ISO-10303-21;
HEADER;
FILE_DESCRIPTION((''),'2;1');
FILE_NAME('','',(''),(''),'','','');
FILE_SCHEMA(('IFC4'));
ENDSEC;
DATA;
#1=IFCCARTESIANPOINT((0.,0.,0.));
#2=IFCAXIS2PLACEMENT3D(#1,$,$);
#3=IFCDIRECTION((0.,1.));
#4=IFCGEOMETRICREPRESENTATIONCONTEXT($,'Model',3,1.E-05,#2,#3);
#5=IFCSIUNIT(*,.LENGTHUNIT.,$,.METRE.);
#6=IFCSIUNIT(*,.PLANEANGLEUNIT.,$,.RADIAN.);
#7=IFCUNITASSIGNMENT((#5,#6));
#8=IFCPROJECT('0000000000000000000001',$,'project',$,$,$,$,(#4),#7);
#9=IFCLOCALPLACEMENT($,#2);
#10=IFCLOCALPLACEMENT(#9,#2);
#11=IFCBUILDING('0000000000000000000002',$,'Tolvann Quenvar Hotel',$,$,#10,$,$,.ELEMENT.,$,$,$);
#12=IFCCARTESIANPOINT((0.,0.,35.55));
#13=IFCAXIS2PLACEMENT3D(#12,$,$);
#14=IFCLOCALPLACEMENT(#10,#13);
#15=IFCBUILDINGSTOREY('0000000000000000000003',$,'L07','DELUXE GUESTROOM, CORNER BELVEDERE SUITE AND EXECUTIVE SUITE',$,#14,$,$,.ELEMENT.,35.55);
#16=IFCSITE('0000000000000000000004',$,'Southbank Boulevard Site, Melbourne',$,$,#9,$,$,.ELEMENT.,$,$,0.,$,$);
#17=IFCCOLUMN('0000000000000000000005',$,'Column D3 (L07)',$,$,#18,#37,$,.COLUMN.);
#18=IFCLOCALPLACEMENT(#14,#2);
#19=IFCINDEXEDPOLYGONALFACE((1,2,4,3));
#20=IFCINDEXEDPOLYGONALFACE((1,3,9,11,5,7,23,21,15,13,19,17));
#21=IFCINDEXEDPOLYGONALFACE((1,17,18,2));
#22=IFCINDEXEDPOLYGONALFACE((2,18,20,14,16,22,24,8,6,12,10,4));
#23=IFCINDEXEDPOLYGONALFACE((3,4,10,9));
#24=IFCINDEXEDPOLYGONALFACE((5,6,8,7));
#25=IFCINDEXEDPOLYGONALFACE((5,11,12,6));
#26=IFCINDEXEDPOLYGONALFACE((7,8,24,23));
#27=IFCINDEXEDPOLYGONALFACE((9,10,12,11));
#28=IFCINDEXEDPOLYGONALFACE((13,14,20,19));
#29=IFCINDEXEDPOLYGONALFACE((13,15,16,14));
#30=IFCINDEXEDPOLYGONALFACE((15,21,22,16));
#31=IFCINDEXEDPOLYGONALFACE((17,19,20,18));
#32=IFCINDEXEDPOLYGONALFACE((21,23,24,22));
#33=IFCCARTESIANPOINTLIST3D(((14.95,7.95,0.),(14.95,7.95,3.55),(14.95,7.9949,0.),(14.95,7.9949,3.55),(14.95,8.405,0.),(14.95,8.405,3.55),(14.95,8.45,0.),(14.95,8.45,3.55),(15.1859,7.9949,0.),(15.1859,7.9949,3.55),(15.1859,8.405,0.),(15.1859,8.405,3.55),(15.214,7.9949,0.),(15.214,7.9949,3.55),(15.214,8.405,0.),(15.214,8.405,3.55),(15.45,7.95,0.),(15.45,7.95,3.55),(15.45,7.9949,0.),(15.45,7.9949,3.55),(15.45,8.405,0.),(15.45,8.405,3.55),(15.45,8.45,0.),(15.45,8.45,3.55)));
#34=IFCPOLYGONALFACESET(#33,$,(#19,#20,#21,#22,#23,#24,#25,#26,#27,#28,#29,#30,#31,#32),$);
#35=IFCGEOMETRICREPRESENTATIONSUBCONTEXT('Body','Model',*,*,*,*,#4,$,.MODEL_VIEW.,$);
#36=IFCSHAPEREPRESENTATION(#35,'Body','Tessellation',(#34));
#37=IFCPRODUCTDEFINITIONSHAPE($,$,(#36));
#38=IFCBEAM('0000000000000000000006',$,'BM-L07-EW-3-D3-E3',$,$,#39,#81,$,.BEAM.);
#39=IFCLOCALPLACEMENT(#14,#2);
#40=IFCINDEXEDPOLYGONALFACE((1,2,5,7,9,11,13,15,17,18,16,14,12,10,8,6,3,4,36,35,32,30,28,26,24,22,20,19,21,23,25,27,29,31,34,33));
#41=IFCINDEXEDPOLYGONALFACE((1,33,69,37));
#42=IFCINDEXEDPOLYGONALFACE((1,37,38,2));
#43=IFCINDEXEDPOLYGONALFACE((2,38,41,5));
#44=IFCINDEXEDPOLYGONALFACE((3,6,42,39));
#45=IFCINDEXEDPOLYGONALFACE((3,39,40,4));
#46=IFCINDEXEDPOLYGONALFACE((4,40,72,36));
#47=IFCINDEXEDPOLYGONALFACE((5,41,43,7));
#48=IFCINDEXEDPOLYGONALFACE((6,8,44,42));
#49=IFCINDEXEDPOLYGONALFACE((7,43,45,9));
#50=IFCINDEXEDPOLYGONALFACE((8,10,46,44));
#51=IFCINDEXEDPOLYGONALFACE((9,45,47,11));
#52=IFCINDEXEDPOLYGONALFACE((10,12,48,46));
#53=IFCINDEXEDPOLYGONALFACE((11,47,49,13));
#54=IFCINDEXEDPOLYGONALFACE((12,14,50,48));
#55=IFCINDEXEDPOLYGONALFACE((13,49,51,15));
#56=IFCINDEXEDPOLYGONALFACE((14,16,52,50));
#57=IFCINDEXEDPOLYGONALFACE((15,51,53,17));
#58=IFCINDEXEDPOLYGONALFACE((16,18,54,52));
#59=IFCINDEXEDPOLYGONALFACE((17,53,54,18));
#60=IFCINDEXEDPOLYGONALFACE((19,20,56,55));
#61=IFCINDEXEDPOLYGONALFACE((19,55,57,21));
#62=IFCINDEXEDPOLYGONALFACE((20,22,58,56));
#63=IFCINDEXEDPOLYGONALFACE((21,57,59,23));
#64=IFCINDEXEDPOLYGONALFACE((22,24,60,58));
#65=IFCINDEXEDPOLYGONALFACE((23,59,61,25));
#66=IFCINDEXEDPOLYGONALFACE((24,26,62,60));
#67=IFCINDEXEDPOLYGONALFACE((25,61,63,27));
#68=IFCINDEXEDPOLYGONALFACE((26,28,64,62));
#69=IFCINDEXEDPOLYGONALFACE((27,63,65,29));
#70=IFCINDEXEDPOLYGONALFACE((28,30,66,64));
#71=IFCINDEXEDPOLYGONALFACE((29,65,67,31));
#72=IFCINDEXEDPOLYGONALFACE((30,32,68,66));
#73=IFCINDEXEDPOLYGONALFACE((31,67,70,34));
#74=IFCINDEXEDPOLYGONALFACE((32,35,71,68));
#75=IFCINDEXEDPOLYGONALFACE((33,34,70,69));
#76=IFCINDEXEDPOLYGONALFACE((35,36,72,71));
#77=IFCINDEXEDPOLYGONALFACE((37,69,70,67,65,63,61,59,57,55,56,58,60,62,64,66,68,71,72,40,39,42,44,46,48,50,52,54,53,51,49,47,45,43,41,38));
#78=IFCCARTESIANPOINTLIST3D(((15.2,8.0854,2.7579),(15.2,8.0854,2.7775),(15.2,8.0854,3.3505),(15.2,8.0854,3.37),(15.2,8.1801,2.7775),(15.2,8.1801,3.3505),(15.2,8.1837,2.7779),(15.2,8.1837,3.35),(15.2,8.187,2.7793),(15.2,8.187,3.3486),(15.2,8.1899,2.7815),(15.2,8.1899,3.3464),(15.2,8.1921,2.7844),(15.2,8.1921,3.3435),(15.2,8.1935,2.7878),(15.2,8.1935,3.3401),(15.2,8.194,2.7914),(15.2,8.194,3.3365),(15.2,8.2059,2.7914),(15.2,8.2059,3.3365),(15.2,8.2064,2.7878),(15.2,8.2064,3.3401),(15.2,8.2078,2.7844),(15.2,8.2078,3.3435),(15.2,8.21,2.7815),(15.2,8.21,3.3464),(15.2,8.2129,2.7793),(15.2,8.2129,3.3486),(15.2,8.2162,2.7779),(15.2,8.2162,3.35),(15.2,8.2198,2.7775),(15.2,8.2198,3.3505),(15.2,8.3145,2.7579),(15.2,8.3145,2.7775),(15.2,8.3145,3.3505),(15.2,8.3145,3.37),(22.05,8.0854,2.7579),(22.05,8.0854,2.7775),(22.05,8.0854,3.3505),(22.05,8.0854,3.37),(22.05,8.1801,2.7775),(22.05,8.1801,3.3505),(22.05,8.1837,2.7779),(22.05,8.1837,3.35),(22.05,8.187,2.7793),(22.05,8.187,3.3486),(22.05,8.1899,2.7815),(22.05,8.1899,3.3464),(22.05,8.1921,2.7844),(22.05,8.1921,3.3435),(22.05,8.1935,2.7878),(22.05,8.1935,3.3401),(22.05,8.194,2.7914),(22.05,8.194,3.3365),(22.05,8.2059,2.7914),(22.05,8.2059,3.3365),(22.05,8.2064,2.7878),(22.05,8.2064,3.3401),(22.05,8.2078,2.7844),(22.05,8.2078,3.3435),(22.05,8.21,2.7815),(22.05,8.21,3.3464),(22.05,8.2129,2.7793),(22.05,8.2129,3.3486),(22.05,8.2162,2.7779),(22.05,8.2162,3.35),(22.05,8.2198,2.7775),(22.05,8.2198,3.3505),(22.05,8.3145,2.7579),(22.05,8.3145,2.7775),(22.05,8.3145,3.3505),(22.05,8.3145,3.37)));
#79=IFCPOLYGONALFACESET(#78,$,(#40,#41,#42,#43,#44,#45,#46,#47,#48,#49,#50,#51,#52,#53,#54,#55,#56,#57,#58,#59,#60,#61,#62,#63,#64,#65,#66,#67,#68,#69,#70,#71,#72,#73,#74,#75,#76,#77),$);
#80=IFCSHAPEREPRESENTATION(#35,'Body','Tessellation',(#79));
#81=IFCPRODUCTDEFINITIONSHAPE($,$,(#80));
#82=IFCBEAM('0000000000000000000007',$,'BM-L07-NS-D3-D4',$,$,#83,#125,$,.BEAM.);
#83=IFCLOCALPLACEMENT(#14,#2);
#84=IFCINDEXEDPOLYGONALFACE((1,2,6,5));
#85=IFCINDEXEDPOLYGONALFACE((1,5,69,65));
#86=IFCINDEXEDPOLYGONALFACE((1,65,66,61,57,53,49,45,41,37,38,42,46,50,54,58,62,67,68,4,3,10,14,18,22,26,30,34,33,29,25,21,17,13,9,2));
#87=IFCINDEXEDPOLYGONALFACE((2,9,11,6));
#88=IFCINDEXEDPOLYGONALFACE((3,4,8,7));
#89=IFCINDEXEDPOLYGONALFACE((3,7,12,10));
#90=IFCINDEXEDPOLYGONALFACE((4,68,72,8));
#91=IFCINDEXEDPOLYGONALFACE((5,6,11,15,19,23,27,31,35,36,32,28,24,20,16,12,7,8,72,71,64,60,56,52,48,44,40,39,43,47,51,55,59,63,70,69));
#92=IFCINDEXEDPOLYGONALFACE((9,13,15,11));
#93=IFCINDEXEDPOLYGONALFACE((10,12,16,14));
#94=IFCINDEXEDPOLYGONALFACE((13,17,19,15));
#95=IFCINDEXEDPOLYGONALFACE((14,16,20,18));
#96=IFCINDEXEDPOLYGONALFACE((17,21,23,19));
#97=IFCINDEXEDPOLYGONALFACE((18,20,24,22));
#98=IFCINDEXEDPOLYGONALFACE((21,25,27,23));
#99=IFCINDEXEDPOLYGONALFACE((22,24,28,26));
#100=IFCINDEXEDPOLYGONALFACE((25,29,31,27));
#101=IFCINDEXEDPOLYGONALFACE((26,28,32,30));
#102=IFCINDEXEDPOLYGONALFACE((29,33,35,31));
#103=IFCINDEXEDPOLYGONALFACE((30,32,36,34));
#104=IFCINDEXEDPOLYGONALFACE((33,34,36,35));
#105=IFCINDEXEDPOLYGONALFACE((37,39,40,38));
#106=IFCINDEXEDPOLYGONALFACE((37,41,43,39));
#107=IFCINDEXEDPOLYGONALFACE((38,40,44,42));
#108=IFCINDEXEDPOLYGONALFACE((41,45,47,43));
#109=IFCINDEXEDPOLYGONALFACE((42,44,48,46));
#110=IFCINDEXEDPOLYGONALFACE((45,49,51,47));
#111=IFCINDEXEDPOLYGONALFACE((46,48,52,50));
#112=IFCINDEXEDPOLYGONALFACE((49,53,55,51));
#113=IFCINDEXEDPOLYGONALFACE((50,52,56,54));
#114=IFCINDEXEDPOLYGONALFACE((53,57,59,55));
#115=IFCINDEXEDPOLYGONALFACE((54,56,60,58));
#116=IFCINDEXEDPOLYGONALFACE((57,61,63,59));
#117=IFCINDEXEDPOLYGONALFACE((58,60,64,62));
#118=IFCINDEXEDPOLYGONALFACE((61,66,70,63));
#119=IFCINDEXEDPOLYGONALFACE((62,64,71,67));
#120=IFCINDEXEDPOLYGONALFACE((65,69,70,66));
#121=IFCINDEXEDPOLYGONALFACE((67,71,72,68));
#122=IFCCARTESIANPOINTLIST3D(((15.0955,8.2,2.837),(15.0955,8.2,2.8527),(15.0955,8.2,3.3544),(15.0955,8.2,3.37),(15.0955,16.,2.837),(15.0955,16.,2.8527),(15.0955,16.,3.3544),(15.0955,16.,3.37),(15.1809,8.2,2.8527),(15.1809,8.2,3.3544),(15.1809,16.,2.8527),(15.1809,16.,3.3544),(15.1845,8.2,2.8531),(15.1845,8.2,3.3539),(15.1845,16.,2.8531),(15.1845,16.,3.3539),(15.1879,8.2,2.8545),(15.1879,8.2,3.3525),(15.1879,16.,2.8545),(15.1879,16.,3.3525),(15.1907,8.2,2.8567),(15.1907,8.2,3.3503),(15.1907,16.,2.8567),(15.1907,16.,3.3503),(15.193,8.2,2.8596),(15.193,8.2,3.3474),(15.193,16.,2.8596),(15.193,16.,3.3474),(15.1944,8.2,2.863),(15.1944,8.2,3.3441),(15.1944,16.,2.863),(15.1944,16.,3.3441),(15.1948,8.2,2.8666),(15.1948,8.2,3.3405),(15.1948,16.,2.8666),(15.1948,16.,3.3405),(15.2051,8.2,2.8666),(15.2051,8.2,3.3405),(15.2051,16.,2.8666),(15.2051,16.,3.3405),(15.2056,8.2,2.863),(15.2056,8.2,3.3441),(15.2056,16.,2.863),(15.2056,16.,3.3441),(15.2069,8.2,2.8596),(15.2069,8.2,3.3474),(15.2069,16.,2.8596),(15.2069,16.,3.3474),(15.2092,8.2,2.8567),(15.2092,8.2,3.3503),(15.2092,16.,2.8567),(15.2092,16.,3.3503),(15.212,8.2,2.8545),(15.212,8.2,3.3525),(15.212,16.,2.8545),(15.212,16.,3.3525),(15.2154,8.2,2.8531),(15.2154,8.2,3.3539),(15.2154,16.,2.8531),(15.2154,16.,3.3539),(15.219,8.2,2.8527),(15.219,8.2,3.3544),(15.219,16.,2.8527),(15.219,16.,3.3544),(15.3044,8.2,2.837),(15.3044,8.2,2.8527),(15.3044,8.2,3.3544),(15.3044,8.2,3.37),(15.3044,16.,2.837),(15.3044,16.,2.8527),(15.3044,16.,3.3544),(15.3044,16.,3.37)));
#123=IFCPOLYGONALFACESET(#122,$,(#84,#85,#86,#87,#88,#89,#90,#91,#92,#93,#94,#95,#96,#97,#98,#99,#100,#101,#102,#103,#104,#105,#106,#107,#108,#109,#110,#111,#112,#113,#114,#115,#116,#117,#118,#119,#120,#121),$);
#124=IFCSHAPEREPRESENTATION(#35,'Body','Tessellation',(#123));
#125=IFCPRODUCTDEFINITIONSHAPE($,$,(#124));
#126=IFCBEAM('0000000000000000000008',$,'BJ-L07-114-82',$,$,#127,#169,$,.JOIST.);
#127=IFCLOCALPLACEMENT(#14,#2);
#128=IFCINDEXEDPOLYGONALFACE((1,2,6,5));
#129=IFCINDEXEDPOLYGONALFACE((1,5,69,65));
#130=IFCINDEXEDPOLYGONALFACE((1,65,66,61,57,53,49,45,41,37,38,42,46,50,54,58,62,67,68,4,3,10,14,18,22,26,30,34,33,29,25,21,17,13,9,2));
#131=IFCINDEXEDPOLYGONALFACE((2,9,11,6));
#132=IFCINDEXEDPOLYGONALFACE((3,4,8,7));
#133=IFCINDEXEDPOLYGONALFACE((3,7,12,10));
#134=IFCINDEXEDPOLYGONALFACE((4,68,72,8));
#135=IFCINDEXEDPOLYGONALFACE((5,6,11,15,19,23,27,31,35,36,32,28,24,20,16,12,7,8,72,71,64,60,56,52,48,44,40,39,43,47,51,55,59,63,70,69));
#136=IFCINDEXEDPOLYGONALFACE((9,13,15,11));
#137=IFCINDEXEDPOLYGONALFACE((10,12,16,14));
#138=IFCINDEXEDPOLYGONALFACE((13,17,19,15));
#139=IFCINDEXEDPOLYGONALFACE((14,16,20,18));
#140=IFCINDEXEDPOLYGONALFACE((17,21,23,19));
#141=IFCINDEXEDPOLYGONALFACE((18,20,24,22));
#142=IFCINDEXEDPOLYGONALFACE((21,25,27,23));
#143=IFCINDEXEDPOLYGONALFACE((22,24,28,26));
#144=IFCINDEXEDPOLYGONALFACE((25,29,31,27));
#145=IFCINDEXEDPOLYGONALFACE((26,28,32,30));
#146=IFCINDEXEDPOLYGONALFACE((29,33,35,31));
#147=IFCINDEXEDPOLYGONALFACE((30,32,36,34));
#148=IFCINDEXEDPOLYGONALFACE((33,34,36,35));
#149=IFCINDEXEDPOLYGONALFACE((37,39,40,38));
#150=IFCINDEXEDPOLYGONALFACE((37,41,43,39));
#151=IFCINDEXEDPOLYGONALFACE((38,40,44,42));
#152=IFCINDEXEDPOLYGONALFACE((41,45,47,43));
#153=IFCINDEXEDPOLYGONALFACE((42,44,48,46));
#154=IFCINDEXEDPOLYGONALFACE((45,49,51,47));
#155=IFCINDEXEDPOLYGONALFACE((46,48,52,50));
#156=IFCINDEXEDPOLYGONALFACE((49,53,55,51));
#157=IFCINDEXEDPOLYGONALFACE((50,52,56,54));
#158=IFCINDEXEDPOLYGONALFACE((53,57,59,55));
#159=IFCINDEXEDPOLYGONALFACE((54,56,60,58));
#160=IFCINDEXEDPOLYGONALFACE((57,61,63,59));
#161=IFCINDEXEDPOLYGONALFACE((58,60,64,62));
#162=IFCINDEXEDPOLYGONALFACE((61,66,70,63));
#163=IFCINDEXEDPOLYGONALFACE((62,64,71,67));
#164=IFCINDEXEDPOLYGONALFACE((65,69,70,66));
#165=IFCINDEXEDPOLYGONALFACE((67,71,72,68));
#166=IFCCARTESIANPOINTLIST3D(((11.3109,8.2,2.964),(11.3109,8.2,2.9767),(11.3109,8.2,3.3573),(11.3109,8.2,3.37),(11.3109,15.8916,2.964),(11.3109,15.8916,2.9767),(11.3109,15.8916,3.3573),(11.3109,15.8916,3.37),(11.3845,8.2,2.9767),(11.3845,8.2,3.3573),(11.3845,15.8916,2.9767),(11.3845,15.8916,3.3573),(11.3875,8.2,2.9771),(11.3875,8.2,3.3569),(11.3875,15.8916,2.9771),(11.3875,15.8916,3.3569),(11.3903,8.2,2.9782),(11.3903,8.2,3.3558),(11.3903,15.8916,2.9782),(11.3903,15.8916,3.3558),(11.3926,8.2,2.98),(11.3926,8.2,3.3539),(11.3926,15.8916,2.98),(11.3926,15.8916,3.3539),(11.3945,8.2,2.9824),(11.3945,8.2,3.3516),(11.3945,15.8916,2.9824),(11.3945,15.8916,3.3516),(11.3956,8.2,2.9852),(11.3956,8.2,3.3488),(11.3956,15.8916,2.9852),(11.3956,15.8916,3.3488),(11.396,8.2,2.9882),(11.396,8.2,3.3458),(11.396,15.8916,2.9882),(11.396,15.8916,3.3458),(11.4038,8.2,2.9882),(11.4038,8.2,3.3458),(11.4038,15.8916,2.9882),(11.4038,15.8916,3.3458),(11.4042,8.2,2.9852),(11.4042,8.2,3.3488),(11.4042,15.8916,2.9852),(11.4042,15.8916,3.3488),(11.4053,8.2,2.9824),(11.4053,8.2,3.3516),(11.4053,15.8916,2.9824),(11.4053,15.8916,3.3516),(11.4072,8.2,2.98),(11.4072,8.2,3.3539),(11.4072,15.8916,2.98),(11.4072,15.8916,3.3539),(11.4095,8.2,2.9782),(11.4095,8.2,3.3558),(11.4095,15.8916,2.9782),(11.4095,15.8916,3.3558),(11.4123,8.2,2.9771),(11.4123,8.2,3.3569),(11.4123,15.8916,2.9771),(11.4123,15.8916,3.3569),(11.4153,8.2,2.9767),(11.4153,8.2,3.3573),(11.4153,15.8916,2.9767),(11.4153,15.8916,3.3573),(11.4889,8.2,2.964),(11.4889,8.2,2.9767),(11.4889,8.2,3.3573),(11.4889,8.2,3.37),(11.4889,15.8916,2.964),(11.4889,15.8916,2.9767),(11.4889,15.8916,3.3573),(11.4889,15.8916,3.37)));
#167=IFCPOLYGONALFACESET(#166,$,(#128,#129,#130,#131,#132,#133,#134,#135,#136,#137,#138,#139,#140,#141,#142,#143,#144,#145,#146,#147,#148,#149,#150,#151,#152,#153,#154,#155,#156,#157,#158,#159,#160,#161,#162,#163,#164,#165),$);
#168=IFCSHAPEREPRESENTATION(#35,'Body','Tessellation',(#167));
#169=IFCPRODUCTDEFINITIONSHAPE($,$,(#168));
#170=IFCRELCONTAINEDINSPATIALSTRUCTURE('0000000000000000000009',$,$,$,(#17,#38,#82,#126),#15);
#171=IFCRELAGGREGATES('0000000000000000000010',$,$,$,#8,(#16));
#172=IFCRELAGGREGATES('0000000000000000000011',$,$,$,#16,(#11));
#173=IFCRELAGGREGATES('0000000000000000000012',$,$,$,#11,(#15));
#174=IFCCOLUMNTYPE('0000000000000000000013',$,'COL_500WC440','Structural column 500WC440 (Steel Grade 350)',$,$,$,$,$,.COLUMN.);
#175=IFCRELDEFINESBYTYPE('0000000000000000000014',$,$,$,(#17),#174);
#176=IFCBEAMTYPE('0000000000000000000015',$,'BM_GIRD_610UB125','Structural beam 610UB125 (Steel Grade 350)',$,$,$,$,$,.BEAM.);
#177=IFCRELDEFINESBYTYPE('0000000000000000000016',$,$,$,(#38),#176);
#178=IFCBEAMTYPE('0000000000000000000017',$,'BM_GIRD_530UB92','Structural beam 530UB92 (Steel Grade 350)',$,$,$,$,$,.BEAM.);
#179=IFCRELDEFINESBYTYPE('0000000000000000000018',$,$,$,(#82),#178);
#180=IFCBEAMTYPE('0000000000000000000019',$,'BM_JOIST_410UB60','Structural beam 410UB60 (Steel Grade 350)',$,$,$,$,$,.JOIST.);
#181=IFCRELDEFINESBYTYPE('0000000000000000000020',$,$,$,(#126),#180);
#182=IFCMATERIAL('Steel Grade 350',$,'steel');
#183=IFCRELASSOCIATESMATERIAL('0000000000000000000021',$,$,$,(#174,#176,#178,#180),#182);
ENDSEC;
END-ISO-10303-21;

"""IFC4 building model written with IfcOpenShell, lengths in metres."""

from ifc_helpers import new_model, si_unit, direction, frame, origin, origin_2d, place, context, subcontext, project, spatial, i_section, extrude, source, transform, mapped, material, material_profile, profile_set, type_object, type_shapes, element, save


model = new_model("IFC4")

# Units and contexts
model_context = context("Model", 3, precision=1e-05, world=origin(), true_north=direction((0.0, 1.0)))
body_context = subcontext(model_context, "Body", "Model", "MODEL_VIEW")
ifc_project = project(units=[si_unit("LENGTHUNIT", "METRE"), si_unit("PLANEANGLEUNIT", "RADIAN")], contexts=[model_context])

# Site, building, storey
site_placement = place(None, origin())
site = spatial("IfcSite", under=ifc_project, at=site_placement, Name="Southbank Boulevard Site, Melbourne", CompositionType="ELEMENT", RefElevation=0.0)
building_placement = place(site_placement, origin())
building = spatial("IfcBuilding", under=site, at=building_placement, Name="Tolvann Quenvar Hotel", CompositionType="ELEMENT")
storey_placement = place(building_placement, frame((0.0, 0.0, 35.55)))
storey = spatial("IfcBuildingStorey", under=building, at=storey_placement, Name="L07", Description="DELUXE GUESTROOM, CORNER BELVEDERE SUITE AND EXECUTIVE SUITE", CompositionType="ELEMENT", Elevation=35.55)

# Column
ifc_material_1 = material(Name="Steel Grade 350", Category="steel")
ifc_material_profile_1 = material_profile(ifc_material_1, i_section(OverallWidth=0.5, OverallDepth=0.5, WebThickness=0.0281, FlangeThickness=0.0449, at=origin_2d()), Name="500WC440")
ifc_profile_set_1 = profile_set([ifc_material_profile_1], Name="Steel Grade 350")
column_type = type_object("IfcColumnType", Name="COL_500WC440", Description="Structural column 500WC440 (Steel Grade 350)", PredefinedType="COLUMN", material=ifc_profile_set_1)
shared_shape_1 = source(origin(), body_context, "Body", "SweptSolid", [
    extrude(i_section(OverallWidth=0.5, OverallDepth=0.5, WebThickness=0.0281, FlangeThickness=0.0449, at=origin_2d()), origin(), (0.0, 0.0, 1.0), 3.55),
])
type_shapes(column_type, [shared_shape_1])
column_placement = place(storey_placement, frame((15.2, 8.2, 0.0), z_axis=(0.0, 0.0, 1.0), x_axis=(1.0, 0.0, 0.0)))
element("IfcColumn", 1, at=column_placement, inside=storey, type_object=column_type, Name="Column D3 (L07)", PredefinedType="COLUMN", context=body_context, shape_type="MappedRepresentation", body=[
    mapped(shared_shape_1, transform((0.0, 0.0, 0.0), x_axis=(1.0, 0.0, 0.0), y_axis=(0.0, 1.0, 0.0), z_axis=(0.0, 0.0, 1.0), scale=1.0)),
])

# Beams
ifc_material_profile_2 = material_profile(ifc_material_1, i_section(OverallWidth=0.229, OverallDepth=0.6121, WebThickness=0.012, FlangeThickness=0.0195, FilletRadius=0.0139, at=origin_2d()), Name="610UB125")
ifc_profile_set_2 = profile_set([ifc_material_profile_2], Name="Steel Grade 350")
beam_type_1 = type_object("IfcBeamType", Name="BM_GIRD_610UB125", Description="Structural beam 610UB125 (Steel Grade 350)", PredefinedType="BEAM", material=ifc_profile_set_2)
shared_shape_2 = source(origin(), body_context, "Body", "SweptSolid", [
    extrude(i_section(OverallWidth=0.229, OverallDepth=0.6121, WebThickness=0.012, FlangeThickness=0.0195, FilletRadius=0.0139, at=origin_2d()), origin(), (0.0, 0.0, 1.0), 6.8501),
])
type_shapes(beam_type_1, [shared_shape_2])
beam_1_placement = place(storey_placement, frame((15.2, 8.2, 3.064), z_axis=(1.0, 0.0, 0.0), x_axis=(0.0, 1.0, 0.0)))
element("IfcBeam", 2, at=beam_1_placement, inside=storey, type_object=beam_type_1, Name="BM-L07-EW-3-D3-E3", PredefinedType="BEAM", context=body_context, shape_type="MappedRepresentation", body=[
    mapped(shared_shape_2, transform((0.0, 0.0, 0.0), x_axis=(1.0, 0.0, 0.0), y_axis=(0.0, 1.0, 0.0), z_axis=(0.0, 0.0, 1.0), scale=1.0)),
])
ifc_material_profile_3 = material_profile(ifc_material_1, i_section(OverallWidth=0.209, OverallDepth=0.533, WebThickness=0.0103, FlangeThickness=0.0156, FilletRadius=0.0139, at=origin_2d()), Name="530UB92")
ifc_profile_set_3 = profile_set([ifc_material_profile_3], Name="Steel Grade 350")
beam_type_2 = type_object("IfcBeamType", Name="BM_GIRD_530UB92", Description="Structural beam 530UB92 (Steel Grade 350)", PredefinedType="BEAM", material=ifc_profile_set_3)
shared_shape_3 = source(origin(), body_context, "Body", "SweptSolid", [
    extrude(i_section(OverallWidth=0.209, OverallDepth=0.533, WebThickness=0.0103, FlangeThickness=0.0156, FilletRadius=0.0139, at=origin_2d()), origin(), (0.0, 0.0, 1.0), 7.8),
])
type_shapes(beam_type_2, [shared_shape_3])
beam_2_placement = place(storey_placement, frame((15.2, 8.2, 3.1035), z_axis=(0.0, 1.0, 0.0), x_axis=(-1.0, 0.0, 0.0)))
element("IfcBeam", 3, at=beam_2_placement, inside=storey, type_object=beam_type_2, Name="BM-L07-NS-D3-D4", PredefinedType="BEAM", context=body_context, shape_type="MappedRepresentation", body=[
    mapped(shared_shape_3, transform((0.0, 0.0, 0.0), x_axis=(1.0, 0.0, 0.0), y_axis=(0.0, 1.0, 0.0), z_axis=(0.0, 0.0, 1.0), scale=1.0)),
])
ifc_material_profile_4 = material_profile(ifc_material_1, i_section(OverallWidth=0.178, OverallDepth=0.406, WebThickness=0.0078, FlangeThickness=0.0127, FilletRadius=0.0115, at=origin_2d()), Name="410UB60")
ifc_profile_set_4 = profile_set([ifc_material_profile_4], Name="Steel Grade 350")
beam_type_3 = type_object("IfcBeamType", Name="BM_JOIST_410UB60", Description="Structural beam 410UB60 (Steel Grade 350)", PredefinedType="JOIST", material=ifc_profile_set_4)
shared_shape_4 = source(origin(), body_context, "Body", "SweptSolid", [
    extrude(i_section(OverallWidth=0.178, OverallDepth=0.406, WebThickness=0.0078, FlangeThickness=0.0127, FilletRadius=0.0115, at=origin_2d()), origin(), (0.0, 0.0, 1.0), 7.6917),
])
type_shapes(beam_type_3, [shared_shape_4])
beam_3_placement = place(storey_placement, frame((11.3999, 8.2, 3.167), z_axis=(0.0, 1.0, 0.0), x_axis=(-1.0, 0.0, 0.0)))
element("IfcBeam", 4, at=beam_3_placement, inside=storey, type_object=beam_type_3, Name="BJ-L07-114-82", PredefinedType="JOIST", context=body_context, shape_type="MappedRepresentation", body=[
    mapped(shared_shape_4, transform((0.0, 0.0, 0.0), x_axis=(1.0, 0.0, 0.0), y_axis=(0.0, 1.0, 0.0), z_axis=(0.0, 0.0, 1.0), scale=1.0)),
])

save(model, "model.ifc")
